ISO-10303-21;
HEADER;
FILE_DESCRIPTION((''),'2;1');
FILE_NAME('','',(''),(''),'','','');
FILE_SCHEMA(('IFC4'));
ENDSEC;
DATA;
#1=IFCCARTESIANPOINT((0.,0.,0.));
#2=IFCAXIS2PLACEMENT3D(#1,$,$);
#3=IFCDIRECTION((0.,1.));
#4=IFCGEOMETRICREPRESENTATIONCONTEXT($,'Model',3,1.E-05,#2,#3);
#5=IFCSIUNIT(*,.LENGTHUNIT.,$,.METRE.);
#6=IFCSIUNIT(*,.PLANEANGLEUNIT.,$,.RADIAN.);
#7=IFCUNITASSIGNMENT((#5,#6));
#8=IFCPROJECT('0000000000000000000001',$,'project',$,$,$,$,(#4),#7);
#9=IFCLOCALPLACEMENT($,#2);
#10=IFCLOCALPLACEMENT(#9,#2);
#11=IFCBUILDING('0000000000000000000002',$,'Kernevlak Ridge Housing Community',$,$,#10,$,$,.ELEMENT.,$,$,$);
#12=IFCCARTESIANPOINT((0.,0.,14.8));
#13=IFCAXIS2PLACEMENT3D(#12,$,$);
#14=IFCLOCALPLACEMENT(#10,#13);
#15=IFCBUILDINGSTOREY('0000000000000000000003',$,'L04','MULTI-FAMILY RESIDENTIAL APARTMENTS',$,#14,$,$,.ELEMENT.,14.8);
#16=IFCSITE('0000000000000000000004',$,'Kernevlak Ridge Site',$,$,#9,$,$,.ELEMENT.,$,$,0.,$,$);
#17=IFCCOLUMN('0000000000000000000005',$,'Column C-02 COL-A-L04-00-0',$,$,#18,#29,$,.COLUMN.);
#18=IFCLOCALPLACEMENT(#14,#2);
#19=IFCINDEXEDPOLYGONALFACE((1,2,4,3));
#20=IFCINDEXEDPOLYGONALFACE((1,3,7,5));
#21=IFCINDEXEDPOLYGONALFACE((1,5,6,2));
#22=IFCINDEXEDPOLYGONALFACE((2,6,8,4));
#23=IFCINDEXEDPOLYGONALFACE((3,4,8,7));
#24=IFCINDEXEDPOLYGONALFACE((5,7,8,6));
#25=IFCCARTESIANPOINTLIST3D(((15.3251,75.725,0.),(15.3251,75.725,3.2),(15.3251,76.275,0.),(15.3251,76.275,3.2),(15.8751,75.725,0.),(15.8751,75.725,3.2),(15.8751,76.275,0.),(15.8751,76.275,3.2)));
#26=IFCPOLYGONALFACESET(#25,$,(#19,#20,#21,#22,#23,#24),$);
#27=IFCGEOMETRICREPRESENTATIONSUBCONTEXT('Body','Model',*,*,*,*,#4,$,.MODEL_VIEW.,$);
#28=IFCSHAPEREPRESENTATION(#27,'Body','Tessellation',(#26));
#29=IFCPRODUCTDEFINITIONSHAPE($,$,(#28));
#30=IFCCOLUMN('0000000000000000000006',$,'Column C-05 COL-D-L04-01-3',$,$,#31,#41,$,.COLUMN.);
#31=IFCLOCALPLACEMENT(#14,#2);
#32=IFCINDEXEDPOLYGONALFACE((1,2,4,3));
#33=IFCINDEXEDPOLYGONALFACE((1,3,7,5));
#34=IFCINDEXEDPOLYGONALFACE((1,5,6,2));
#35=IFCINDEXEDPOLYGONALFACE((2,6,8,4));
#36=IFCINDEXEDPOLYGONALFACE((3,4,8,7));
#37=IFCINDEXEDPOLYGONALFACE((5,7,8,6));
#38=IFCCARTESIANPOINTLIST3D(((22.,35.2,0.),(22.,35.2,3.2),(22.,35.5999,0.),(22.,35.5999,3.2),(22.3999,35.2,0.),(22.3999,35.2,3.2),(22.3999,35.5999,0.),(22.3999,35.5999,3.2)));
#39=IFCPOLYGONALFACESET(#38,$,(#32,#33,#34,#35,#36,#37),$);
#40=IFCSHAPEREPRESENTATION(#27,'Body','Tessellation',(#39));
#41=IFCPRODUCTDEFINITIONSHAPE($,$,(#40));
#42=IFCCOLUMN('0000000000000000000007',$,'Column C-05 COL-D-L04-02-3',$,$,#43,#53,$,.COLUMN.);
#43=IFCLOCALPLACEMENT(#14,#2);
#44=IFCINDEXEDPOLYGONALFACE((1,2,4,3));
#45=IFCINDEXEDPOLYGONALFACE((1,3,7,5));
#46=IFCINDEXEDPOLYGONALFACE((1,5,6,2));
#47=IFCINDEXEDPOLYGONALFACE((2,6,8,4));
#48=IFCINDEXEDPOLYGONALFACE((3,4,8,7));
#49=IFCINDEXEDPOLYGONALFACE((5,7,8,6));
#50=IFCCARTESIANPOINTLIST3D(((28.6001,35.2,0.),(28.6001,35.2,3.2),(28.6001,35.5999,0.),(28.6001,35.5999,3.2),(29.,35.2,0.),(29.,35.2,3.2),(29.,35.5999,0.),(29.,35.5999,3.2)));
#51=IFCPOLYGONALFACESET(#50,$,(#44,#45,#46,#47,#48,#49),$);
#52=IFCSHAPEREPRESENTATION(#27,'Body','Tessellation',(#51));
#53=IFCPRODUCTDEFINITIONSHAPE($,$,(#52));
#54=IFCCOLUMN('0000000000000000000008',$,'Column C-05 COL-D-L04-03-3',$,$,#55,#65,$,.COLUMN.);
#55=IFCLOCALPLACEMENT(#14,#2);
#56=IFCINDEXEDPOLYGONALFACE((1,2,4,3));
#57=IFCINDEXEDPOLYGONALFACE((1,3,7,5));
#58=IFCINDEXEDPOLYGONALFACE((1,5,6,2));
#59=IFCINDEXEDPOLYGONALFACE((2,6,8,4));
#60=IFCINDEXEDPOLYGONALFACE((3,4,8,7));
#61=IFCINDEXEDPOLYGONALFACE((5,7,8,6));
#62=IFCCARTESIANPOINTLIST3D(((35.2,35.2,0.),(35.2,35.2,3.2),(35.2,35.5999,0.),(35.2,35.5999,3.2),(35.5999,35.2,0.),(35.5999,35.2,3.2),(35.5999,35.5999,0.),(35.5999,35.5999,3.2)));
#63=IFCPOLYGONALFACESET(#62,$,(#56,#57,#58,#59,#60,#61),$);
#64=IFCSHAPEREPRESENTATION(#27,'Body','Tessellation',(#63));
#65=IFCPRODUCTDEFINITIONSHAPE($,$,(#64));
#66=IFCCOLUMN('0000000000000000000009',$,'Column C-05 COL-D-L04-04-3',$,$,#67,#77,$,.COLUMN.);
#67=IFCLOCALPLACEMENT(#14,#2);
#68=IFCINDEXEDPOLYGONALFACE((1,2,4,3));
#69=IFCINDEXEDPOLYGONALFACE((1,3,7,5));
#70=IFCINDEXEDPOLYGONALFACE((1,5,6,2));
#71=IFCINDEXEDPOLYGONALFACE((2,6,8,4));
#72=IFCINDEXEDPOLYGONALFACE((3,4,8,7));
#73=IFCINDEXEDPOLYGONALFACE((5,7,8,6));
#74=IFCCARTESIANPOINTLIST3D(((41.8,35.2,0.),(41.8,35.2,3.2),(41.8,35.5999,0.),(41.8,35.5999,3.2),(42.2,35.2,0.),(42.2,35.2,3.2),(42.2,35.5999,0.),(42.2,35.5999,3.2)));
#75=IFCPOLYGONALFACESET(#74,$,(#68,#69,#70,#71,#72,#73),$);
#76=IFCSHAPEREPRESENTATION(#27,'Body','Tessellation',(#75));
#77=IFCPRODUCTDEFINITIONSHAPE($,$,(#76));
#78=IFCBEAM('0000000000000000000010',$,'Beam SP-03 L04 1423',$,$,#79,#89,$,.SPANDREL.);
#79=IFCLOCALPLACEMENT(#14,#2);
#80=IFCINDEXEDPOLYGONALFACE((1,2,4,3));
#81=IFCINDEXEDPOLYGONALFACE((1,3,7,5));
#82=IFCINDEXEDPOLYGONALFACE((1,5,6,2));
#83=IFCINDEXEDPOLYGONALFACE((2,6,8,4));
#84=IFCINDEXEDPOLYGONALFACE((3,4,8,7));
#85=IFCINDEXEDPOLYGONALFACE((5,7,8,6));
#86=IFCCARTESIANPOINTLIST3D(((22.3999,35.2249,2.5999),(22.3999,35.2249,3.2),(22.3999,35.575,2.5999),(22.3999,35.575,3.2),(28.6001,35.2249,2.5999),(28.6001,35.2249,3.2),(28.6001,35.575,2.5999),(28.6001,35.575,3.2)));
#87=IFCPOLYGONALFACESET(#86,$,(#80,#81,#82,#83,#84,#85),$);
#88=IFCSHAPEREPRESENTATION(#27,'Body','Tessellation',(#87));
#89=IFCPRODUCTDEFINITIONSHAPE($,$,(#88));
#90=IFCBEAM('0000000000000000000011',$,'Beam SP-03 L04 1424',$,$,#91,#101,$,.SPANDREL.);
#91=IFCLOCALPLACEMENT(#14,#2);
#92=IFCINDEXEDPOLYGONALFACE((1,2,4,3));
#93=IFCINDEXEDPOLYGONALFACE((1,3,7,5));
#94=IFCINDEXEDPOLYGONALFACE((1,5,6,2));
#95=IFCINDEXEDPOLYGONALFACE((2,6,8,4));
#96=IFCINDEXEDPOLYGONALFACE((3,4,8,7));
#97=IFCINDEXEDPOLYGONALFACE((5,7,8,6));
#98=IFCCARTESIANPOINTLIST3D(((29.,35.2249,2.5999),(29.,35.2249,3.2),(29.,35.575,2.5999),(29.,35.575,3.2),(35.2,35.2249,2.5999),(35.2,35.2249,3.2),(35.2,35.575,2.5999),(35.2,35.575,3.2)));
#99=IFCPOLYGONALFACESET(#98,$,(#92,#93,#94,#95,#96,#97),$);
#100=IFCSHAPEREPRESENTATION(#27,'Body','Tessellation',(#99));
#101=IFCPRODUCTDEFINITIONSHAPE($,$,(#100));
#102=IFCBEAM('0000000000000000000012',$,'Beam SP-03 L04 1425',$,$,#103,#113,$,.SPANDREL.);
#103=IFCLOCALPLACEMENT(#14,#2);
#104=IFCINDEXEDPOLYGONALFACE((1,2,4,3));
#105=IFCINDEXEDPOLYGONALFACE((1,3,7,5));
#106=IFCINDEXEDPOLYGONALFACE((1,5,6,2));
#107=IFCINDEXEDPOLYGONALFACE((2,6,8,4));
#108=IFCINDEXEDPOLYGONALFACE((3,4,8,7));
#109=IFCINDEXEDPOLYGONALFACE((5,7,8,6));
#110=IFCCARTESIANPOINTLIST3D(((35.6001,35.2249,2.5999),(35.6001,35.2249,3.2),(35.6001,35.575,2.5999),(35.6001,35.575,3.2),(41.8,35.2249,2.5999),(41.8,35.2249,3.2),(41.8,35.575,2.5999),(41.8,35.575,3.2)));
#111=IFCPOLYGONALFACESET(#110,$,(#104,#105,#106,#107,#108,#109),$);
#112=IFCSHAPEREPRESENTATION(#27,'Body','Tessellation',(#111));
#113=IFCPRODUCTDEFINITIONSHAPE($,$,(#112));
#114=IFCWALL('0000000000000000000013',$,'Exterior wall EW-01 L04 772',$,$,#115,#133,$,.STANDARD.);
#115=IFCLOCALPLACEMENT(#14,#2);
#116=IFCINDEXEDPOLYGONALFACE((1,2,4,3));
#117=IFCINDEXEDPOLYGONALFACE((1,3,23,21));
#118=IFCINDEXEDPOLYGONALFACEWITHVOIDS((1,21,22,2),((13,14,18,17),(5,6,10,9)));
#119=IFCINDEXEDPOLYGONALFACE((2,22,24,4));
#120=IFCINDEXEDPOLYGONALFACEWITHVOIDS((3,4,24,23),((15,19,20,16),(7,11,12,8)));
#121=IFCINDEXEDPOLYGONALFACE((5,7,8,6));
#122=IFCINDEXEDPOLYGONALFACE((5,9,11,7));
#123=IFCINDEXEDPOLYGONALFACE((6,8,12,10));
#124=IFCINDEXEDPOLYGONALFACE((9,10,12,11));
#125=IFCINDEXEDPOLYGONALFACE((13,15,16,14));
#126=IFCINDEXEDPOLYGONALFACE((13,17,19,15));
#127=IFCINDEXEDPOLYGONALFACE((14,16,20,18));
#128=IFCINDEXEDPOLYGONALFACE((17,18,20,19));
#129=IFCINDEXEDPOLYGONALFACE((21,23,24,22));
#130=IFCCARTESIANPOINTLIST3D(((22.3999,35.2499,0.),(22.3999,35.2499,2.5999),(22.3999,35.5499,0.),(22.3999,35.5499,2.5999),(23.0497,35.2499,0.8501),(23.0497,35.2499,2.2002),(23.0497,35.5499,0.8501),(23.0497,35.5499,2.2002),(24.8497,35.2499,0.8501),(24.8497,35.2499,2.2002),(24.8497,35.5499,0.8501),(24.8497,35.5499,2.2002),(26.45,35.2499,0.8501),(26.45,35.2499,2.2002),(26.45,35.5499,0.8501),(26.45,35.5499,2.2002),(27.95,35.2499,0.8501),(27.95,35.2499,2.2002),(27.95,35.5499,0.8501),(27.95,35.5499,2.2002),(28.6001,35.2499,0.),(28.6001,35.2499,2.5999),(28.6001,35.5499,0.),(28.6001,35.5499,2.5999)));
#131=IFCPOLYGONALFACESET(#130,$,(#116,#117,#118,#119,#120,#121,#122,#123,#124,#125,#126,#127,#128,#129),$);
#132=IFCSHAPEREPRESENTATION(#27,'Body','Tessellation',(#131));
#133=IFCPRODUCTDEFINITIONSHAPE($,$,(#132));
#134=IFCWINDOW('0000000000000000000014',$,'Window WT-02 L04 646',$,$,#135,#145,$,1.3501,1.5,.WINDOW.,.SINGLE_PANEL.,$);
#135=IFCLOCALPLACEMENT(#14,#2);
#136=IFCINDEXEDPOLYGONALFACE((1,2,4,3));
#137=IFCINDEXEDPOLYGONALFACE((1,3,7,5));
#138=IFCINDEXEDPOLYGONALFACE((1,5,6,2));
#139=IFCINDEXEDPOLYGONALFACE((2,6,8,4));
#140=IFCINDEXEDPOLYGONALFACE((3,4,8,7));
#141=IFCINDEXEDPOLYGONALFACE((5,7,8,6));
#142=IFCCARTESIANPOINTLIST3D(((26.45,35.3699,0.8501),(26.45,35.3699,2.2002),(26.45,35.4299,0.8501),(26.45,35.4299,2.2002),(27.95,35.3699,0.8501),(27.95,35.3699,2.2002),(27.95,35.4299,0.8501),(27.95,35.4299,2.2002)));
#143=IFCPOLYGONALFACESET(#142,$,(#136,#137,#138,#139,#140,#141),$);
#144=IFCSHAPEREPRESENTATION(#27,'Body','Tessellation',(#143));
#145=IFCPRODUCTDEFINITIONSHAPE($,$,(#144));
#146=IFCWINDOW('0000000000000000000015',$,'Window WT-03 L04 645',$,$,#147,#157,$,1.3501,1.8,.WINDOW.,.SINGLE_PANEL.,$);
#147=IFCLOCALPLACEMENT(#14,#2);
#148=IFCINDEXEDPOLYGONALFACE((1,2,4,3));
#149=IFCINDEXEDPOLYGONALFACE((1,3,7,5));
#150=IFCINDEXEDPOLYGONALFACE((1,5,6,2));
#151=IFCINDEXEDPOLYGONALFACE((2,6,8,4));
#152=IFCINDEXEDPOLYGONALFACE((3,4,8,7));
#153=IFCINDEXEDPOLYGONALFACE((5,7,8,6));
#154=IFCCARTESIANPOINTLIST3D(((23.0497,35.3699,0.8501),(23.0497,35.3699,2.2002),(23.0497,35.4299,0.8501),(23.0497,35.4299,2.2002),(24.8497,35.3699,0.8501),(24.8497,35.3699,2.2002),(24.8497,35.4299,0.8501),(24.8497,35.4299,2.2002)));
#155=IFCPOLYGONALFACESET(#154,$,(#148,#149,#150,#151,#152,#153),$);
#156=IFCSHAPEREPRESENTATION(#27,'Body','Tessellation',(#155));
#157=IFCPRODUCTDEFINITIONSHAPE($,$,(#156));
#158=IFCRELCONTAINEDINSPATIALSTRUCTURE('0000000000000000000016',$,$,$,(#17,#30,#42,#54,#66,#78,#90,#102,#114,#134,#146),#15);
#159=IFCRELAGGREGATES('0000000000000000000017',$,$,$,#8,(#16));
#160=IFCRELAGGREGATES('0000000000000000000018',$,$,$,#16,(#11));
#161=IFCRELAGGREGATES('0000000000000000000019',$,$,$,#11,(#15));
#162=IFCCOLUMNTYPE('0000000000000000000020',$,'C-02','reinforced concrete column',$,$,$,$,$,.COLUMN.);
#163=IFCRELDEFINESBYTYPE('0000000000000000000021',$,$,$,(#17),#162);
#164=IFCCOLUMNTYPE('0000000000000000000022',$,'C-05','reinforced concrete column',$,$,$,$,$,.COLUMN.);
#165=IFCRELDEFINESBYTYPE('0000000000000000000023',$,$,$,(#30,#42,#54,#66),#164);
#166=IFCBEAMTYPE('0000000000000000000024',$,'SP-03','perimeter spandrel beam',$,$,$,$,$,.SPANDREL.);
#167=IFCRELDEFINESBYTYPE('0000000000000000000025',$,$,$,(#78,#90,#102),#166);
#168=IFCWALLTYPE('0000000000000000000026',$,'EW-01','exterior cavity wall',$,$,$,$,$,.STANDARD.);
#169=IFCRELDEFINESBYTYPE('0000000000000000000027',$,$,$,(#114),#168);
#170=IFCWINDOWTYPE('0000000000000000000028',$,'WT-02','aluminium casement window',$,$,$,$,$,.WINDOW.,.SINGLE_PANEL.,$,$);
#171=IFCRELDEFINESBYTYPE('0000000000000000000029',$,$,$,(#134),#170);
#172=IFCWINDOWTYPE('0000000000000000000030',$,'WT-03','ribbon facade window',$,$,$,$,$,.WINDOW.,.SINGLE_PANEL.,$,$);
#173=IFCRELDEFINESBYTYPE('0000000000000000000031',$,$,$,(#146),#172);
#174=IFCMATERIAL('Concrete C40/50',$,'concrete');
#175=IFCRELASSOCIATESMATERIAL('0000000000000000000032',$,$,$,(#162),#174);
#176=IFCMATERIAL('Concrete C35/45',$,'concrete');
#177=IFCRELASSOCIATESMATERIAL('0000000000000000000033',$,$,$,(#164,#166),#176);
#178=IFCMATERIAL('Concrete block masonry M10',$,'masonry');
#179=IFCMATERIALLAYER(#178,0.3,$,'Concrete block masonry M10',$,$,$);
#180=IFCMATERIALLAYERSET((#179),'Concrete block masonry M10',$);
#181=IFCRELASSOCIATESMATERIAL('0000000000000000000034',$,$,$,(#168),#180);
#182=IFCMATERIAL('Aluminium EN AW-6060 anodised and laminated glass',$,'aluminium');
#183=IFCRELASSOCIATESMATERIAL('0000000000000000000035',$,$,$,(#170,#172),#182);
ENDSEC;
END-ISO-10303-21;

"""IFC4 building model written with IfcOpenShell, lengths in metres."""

from ifc_helpers import new_model, si_unit, direction, frame, frame_2d, origin, origin_2d, place, context, subcontext, project, spatial, rectangle, extrude, material, layer, layer_set, material_profile, profile_set, type_object, element, fill, save


model = new_model("IFC4")

# Units and contexts
model_context = context("Model", 3, precision=1e-05, world=origin(), true_north=direction((0.0, 1.0)))
body_context = subcontext(model_context, "Body", "Model", "MODEL_VIEW")
ifc_project = project(units=[si_unit("LENGTHUNIT", "METRE"), si_unit("PLANEANGLEUNIT", "RADIAN")], contexts=[model_context])

# Site, building, storey
site_placement = place(None, origin())
site = spatial("IfcSite", under=ifc_project, at=site_placement, Name="Kernevlak Ridge Site", CompositionType="ELEMENT", RefElevation=0.0)
building_placement = place(site_placement, origin())
building = spatial("IfcBuilding", under=site, at=building_placement, Name="Kernevlak Ridge Housing Community", CompositionType="ELEMENT")
storey_placement = place(building_placement, frame((0.0, 0.0, 14.8)))
storey = spatial("IfcBuildingStorey", under=building, at=storey_placement, Name="L04", Description="MULTI-FAMILY RESIDENTIAL APARTMENTS", CompositionType="ELEMENT", Elevation=14.8)

# Columns
ifc_material_1 = material(Name="Concrete C40/50", Category="concrete")
ifc_material_profile_1 = material_profile(ifc_material_1, rectangle(XDim=0.55, YDim=0.55, at=origin_2d()), Name="RC 550x550")
ifc_profile_set_1 = profile_set([ifc_material_profile_1], Name="Concrete C40/50")
column_type_1 = type_object("IfcColumnType", Name="C-02", Description="reinforced concrete column", PredefinedType="COLUMN", material=ifc_profile_set_1)
column_placement = place(storey_placement, frame((15.6001, 76.0, 0.0), z_axis=(0.0, 0.0, 1.0), x_axis=(1.0, 0.0, 0.0)))
element("IfcColumn", 1, at=column_placement, inside=storey, type_object=column_type_1, Name="Column C-02 COL-A-L04-00-0", PredefinedType="COLUMN", context=body_context, shape_type="SweptSolid", body=[
    extrude(rectangle(XDim=0.55, YDim=0.55, at=origin_2d()), origin(), (0.0, 0.0, 1.0), 3.2),
])
ifc_material_2 = material(Name="Concrete C35/45", Category="concrete")
ifc_material_profile_2 = material_profile(ifc_material_2, rectangle(XDim=0.3999, YDim=0.3999, at=origin_2d()), Name="RC 400x400")
ifc_profile_set_2 = profile_set([ifc_material_profile_2], Name="Concrete C35/45")
column_type_2 = type_object("IfcColumnType", Name="C-05", Description="reinforced concrete column", PredefinedType="COLUMN", material=ifc_profile_set_2)
for number, where, z_axis, x_axis, name in (
    (2, (22.2, 35.3999, 0.0), (0.0, 0.0, 1.0), (1.0, 0.0, 0.0), "Column C-05 COL-D-L04-01-3"),
    (3, (28.8, 35.3999, 0.0), (0.0, 0.0, 1.0), (1.0, 0.0, 0.0), "Column C-05 COL-D-L04-02-3"),
    (4, (35.3999, 35.3999, 0.0), (0.0, 0.0, 1.0), (1.0, 0.0, 0.0), "Column C-05 COL-D-L04-03-3"),
    (5, (42.0, 35.3999, 0.0), (0.0, 0.0, 1.0), (1.0, 0.0, 0.0), "Column C-05 COL-D-L04-04-3"),
):
    element("IfcColumn", number, at=place(storey_placement, frame(where, z_axis=z_axis, x_axis=x_axis)), inside=storey, type_object=column_type_2, Name=name, PredefinedType="COLUMN", context=body_context, shape_type="SweptSolid", body=[
        extrude(rectangle(XDim=0.3999, YDim=0.3999, at=origin_2d()), origin(), (0.0, 0.0, 1.0), 3.2),
    ])

# Beams
ifc_material_profile_3 = material_profile(ifc_material_2, rectangle(XDim=0.3501, YDim=0.6001, at=origin_2d()), Name="RC 350x600")
ifc_profile_set_3 = profile_set([ifc_material_profile_3], Name="Concrete C35/45")
beam_type = type_object("IfcBeamType", Name="SP-03", Description="perimeter spandrel beam", PredefinedType="SPANDREL", material=ifc_profile_set_3)
beam_placement = place(storey_placement, frame((22.3999, 35.3999, 2.8999), z_axis=(1.0, 0.0, 0.0), x_axis=(0.0, 1.0, 0.0)))
element("IfcBeam", 6, at=beam_placement, inside=storey, type_object=beam_type, Name="Beam SP-03 L04 1423", PredefinedType="SPANDREL", context=body_context, shape_type="SweptSolid", body=[
    extrude(rectangle(XDim=0.3501, YDim=0.6001, at=origin_2d()), origin(), (0.0, 0.0, 1.0), 6.2002),
])
for number, where, z_axis, x_axis, name in (
    (7, (29.0, 35.3999, 2.8999), (1.0, 0.0, 0.0), (0.0, 1.0, 0.0), "Beam SP-03 L04 1424"),
    (8, (35.6001, 35.3999, 2.8999), (1.0, 0.0, 0.0), (0.0, 1.0, 0.0), "Beam SP-03 L04 1425"),
):
    element("IfcBeam", number, at=place(storey_placement, frame(where, z_axis=z_axis, x_axis=x_axis)), inside=storey, type_object=beam_type, Name=name, PredefinedType="SPANDREL", context=body_context, shape_type="SweptSolid", body=[
        extrude(rectangle(XDim=0.3501, YDim=0.6001, at=origin_2d()), origin(), (0.0, 0.0, 1.0), 6.2),
    ])

# Wall, openings, windows
ifc_material_3 = material(Name="Concrete block masonry M10", Category="masonry")
ifc_layer = layer(ifc_material_3, 0.3, Name="Concrete block masonry M10")
ifc_layer_set = layer_set([ifc_layer], Name="Concrete block masonry M10")
wall_type = type_object("IfcWallType", Name="EW-01", Description="exterior cavity wall", PredefinedType="STANDARD", material=ifc_layer_set)
wall_1_placement = place(storey_placement, frame((22.3999, 35.3999, 0.0), z_axis=(0.0, 0.0, 1.0), x_axis=(1.0, 0.0, 0.0)))
wall_1 = element("IfcWall", 9, at=wall_1_placement, inside=storey, type_object=wall_type, Name="Exterior wall EW-01 L04 772", PredefinedType="STANDARD", context=body_context, shape_type="SweptSolid", body=[
    extrude(rectangle(XDim=6.2002, YDim=0.3, at=frame_2d((3.1001, 0.0))), origin(), (0.0, 0.0, 1.0), 2.5999),
])
opening_1_placement = place(wall_1_placement, frame((0.6499, 0.0, 0.8501)))
opening_1 = element("IfcOpeningElement", 10, at=opening_1_placement, cuts=wall_1, PredefinedType="OPENING", context=body_context, shape_type="SweptSolid", body=[
    extrude(rectangle(XDim=1.8, YDim=1.3501, at=frame_2d((0.8999, 0.675))), frame((0.0, 0.1599, 0.0), z_axis=(0.0, -1.0, 0.0), x_axis=(1.0, 0.0, 0.0)), (0.0, 0.0, 1.0), 0.3201),
])
opening_2_placement = place(wall_1_placement, frame((4.05, 0.0, 0.8501)))
opening_2 = element("IfcOpeningElement", 11, at=opening_2_placement, cuts=wall_1, PredefinedType="OPENING", context=body_context, shape_type="SweptSolid", body=[
    extrude(rectangle(XDim=1.5, YDim=1.3501, at=frame_2d((0.75, 0.675))), frame((0.0, 0.1599, 0.0), z_axis=(0.0, -1.0, 0.0), x_axis=(1.0, 0.0, 0.0)), (0.0, 0.0, 1.0), 0.3201),
])
ifc_material_4 = material(Name="Aluminium EN AW-6060 anodised and laminated glass", Category="aluminium")
window_type_1 = type_object("IfcWindowType", Name="WT-02", Description="aluminium casement window", PartitioningType="SINGLE_PANEL", PredefinedType="WINDOW", material=ifc_material_4)
window_1_placement = place(opening_2_placement, origin())
window_1 = element("IfcWindow", 12, at=window_1_placement, inside=storey, type_object=window_type_1, Name="Window WT-02 L04 646", OverallHeight=1.3501, OverallWidth=1.5, PartitioningType="SINGLE_PANEL", PredefinedType="WINDOW", context=body_context, shape_type="SweptSolid", body=[
    extrude(rectangle(XDim=1.5, YDim=1.3501, at=frame_2d((0.75, 0.675))), frame((0.0, 0.03, 0.0), z_axis=(0.0, -1.0, 0.0), x_axis=(1.0, 0.0, 0.0)), (0.0, 0.0, 1.0), 0.0601),
])
fill(opening_2, window_1)
window_type_2 = type_object("IfcWindowType", Name="WT-03", Description="ribbon facade window", PartitioningType="SINGLE_PANEL", PredefinedType="WINDOW", material=ifc_material_4)
window_2_placement = place(opening_1_placement, origin())
window_2 = element("IfcWindow", 13, at=window_2_placement, inside=storey, type_object=window_type_2, Name="Window WT-03 L04 645", OverallHeight=1.3501, OverallWidth=1.8, PartitioningType="SINGLE_PANEL", PredefinedType="WINDOW", context=body_context, shape_type="SweptSolid", body=[
    extrude(rectangle(XDim=1.8, YDim=1.3501, at=frame_2d((0.8999, 0.675))), frame((0.0, 0.03, 0.0), z_axis=(0.0, -1.0, 0.0), x_axis=(1.0, 0.0, 0.0)), (0.0, 0.0, 1.0), 0.0601),
])
fill(opening_1, window_2)

save(model, "model.ifc")
